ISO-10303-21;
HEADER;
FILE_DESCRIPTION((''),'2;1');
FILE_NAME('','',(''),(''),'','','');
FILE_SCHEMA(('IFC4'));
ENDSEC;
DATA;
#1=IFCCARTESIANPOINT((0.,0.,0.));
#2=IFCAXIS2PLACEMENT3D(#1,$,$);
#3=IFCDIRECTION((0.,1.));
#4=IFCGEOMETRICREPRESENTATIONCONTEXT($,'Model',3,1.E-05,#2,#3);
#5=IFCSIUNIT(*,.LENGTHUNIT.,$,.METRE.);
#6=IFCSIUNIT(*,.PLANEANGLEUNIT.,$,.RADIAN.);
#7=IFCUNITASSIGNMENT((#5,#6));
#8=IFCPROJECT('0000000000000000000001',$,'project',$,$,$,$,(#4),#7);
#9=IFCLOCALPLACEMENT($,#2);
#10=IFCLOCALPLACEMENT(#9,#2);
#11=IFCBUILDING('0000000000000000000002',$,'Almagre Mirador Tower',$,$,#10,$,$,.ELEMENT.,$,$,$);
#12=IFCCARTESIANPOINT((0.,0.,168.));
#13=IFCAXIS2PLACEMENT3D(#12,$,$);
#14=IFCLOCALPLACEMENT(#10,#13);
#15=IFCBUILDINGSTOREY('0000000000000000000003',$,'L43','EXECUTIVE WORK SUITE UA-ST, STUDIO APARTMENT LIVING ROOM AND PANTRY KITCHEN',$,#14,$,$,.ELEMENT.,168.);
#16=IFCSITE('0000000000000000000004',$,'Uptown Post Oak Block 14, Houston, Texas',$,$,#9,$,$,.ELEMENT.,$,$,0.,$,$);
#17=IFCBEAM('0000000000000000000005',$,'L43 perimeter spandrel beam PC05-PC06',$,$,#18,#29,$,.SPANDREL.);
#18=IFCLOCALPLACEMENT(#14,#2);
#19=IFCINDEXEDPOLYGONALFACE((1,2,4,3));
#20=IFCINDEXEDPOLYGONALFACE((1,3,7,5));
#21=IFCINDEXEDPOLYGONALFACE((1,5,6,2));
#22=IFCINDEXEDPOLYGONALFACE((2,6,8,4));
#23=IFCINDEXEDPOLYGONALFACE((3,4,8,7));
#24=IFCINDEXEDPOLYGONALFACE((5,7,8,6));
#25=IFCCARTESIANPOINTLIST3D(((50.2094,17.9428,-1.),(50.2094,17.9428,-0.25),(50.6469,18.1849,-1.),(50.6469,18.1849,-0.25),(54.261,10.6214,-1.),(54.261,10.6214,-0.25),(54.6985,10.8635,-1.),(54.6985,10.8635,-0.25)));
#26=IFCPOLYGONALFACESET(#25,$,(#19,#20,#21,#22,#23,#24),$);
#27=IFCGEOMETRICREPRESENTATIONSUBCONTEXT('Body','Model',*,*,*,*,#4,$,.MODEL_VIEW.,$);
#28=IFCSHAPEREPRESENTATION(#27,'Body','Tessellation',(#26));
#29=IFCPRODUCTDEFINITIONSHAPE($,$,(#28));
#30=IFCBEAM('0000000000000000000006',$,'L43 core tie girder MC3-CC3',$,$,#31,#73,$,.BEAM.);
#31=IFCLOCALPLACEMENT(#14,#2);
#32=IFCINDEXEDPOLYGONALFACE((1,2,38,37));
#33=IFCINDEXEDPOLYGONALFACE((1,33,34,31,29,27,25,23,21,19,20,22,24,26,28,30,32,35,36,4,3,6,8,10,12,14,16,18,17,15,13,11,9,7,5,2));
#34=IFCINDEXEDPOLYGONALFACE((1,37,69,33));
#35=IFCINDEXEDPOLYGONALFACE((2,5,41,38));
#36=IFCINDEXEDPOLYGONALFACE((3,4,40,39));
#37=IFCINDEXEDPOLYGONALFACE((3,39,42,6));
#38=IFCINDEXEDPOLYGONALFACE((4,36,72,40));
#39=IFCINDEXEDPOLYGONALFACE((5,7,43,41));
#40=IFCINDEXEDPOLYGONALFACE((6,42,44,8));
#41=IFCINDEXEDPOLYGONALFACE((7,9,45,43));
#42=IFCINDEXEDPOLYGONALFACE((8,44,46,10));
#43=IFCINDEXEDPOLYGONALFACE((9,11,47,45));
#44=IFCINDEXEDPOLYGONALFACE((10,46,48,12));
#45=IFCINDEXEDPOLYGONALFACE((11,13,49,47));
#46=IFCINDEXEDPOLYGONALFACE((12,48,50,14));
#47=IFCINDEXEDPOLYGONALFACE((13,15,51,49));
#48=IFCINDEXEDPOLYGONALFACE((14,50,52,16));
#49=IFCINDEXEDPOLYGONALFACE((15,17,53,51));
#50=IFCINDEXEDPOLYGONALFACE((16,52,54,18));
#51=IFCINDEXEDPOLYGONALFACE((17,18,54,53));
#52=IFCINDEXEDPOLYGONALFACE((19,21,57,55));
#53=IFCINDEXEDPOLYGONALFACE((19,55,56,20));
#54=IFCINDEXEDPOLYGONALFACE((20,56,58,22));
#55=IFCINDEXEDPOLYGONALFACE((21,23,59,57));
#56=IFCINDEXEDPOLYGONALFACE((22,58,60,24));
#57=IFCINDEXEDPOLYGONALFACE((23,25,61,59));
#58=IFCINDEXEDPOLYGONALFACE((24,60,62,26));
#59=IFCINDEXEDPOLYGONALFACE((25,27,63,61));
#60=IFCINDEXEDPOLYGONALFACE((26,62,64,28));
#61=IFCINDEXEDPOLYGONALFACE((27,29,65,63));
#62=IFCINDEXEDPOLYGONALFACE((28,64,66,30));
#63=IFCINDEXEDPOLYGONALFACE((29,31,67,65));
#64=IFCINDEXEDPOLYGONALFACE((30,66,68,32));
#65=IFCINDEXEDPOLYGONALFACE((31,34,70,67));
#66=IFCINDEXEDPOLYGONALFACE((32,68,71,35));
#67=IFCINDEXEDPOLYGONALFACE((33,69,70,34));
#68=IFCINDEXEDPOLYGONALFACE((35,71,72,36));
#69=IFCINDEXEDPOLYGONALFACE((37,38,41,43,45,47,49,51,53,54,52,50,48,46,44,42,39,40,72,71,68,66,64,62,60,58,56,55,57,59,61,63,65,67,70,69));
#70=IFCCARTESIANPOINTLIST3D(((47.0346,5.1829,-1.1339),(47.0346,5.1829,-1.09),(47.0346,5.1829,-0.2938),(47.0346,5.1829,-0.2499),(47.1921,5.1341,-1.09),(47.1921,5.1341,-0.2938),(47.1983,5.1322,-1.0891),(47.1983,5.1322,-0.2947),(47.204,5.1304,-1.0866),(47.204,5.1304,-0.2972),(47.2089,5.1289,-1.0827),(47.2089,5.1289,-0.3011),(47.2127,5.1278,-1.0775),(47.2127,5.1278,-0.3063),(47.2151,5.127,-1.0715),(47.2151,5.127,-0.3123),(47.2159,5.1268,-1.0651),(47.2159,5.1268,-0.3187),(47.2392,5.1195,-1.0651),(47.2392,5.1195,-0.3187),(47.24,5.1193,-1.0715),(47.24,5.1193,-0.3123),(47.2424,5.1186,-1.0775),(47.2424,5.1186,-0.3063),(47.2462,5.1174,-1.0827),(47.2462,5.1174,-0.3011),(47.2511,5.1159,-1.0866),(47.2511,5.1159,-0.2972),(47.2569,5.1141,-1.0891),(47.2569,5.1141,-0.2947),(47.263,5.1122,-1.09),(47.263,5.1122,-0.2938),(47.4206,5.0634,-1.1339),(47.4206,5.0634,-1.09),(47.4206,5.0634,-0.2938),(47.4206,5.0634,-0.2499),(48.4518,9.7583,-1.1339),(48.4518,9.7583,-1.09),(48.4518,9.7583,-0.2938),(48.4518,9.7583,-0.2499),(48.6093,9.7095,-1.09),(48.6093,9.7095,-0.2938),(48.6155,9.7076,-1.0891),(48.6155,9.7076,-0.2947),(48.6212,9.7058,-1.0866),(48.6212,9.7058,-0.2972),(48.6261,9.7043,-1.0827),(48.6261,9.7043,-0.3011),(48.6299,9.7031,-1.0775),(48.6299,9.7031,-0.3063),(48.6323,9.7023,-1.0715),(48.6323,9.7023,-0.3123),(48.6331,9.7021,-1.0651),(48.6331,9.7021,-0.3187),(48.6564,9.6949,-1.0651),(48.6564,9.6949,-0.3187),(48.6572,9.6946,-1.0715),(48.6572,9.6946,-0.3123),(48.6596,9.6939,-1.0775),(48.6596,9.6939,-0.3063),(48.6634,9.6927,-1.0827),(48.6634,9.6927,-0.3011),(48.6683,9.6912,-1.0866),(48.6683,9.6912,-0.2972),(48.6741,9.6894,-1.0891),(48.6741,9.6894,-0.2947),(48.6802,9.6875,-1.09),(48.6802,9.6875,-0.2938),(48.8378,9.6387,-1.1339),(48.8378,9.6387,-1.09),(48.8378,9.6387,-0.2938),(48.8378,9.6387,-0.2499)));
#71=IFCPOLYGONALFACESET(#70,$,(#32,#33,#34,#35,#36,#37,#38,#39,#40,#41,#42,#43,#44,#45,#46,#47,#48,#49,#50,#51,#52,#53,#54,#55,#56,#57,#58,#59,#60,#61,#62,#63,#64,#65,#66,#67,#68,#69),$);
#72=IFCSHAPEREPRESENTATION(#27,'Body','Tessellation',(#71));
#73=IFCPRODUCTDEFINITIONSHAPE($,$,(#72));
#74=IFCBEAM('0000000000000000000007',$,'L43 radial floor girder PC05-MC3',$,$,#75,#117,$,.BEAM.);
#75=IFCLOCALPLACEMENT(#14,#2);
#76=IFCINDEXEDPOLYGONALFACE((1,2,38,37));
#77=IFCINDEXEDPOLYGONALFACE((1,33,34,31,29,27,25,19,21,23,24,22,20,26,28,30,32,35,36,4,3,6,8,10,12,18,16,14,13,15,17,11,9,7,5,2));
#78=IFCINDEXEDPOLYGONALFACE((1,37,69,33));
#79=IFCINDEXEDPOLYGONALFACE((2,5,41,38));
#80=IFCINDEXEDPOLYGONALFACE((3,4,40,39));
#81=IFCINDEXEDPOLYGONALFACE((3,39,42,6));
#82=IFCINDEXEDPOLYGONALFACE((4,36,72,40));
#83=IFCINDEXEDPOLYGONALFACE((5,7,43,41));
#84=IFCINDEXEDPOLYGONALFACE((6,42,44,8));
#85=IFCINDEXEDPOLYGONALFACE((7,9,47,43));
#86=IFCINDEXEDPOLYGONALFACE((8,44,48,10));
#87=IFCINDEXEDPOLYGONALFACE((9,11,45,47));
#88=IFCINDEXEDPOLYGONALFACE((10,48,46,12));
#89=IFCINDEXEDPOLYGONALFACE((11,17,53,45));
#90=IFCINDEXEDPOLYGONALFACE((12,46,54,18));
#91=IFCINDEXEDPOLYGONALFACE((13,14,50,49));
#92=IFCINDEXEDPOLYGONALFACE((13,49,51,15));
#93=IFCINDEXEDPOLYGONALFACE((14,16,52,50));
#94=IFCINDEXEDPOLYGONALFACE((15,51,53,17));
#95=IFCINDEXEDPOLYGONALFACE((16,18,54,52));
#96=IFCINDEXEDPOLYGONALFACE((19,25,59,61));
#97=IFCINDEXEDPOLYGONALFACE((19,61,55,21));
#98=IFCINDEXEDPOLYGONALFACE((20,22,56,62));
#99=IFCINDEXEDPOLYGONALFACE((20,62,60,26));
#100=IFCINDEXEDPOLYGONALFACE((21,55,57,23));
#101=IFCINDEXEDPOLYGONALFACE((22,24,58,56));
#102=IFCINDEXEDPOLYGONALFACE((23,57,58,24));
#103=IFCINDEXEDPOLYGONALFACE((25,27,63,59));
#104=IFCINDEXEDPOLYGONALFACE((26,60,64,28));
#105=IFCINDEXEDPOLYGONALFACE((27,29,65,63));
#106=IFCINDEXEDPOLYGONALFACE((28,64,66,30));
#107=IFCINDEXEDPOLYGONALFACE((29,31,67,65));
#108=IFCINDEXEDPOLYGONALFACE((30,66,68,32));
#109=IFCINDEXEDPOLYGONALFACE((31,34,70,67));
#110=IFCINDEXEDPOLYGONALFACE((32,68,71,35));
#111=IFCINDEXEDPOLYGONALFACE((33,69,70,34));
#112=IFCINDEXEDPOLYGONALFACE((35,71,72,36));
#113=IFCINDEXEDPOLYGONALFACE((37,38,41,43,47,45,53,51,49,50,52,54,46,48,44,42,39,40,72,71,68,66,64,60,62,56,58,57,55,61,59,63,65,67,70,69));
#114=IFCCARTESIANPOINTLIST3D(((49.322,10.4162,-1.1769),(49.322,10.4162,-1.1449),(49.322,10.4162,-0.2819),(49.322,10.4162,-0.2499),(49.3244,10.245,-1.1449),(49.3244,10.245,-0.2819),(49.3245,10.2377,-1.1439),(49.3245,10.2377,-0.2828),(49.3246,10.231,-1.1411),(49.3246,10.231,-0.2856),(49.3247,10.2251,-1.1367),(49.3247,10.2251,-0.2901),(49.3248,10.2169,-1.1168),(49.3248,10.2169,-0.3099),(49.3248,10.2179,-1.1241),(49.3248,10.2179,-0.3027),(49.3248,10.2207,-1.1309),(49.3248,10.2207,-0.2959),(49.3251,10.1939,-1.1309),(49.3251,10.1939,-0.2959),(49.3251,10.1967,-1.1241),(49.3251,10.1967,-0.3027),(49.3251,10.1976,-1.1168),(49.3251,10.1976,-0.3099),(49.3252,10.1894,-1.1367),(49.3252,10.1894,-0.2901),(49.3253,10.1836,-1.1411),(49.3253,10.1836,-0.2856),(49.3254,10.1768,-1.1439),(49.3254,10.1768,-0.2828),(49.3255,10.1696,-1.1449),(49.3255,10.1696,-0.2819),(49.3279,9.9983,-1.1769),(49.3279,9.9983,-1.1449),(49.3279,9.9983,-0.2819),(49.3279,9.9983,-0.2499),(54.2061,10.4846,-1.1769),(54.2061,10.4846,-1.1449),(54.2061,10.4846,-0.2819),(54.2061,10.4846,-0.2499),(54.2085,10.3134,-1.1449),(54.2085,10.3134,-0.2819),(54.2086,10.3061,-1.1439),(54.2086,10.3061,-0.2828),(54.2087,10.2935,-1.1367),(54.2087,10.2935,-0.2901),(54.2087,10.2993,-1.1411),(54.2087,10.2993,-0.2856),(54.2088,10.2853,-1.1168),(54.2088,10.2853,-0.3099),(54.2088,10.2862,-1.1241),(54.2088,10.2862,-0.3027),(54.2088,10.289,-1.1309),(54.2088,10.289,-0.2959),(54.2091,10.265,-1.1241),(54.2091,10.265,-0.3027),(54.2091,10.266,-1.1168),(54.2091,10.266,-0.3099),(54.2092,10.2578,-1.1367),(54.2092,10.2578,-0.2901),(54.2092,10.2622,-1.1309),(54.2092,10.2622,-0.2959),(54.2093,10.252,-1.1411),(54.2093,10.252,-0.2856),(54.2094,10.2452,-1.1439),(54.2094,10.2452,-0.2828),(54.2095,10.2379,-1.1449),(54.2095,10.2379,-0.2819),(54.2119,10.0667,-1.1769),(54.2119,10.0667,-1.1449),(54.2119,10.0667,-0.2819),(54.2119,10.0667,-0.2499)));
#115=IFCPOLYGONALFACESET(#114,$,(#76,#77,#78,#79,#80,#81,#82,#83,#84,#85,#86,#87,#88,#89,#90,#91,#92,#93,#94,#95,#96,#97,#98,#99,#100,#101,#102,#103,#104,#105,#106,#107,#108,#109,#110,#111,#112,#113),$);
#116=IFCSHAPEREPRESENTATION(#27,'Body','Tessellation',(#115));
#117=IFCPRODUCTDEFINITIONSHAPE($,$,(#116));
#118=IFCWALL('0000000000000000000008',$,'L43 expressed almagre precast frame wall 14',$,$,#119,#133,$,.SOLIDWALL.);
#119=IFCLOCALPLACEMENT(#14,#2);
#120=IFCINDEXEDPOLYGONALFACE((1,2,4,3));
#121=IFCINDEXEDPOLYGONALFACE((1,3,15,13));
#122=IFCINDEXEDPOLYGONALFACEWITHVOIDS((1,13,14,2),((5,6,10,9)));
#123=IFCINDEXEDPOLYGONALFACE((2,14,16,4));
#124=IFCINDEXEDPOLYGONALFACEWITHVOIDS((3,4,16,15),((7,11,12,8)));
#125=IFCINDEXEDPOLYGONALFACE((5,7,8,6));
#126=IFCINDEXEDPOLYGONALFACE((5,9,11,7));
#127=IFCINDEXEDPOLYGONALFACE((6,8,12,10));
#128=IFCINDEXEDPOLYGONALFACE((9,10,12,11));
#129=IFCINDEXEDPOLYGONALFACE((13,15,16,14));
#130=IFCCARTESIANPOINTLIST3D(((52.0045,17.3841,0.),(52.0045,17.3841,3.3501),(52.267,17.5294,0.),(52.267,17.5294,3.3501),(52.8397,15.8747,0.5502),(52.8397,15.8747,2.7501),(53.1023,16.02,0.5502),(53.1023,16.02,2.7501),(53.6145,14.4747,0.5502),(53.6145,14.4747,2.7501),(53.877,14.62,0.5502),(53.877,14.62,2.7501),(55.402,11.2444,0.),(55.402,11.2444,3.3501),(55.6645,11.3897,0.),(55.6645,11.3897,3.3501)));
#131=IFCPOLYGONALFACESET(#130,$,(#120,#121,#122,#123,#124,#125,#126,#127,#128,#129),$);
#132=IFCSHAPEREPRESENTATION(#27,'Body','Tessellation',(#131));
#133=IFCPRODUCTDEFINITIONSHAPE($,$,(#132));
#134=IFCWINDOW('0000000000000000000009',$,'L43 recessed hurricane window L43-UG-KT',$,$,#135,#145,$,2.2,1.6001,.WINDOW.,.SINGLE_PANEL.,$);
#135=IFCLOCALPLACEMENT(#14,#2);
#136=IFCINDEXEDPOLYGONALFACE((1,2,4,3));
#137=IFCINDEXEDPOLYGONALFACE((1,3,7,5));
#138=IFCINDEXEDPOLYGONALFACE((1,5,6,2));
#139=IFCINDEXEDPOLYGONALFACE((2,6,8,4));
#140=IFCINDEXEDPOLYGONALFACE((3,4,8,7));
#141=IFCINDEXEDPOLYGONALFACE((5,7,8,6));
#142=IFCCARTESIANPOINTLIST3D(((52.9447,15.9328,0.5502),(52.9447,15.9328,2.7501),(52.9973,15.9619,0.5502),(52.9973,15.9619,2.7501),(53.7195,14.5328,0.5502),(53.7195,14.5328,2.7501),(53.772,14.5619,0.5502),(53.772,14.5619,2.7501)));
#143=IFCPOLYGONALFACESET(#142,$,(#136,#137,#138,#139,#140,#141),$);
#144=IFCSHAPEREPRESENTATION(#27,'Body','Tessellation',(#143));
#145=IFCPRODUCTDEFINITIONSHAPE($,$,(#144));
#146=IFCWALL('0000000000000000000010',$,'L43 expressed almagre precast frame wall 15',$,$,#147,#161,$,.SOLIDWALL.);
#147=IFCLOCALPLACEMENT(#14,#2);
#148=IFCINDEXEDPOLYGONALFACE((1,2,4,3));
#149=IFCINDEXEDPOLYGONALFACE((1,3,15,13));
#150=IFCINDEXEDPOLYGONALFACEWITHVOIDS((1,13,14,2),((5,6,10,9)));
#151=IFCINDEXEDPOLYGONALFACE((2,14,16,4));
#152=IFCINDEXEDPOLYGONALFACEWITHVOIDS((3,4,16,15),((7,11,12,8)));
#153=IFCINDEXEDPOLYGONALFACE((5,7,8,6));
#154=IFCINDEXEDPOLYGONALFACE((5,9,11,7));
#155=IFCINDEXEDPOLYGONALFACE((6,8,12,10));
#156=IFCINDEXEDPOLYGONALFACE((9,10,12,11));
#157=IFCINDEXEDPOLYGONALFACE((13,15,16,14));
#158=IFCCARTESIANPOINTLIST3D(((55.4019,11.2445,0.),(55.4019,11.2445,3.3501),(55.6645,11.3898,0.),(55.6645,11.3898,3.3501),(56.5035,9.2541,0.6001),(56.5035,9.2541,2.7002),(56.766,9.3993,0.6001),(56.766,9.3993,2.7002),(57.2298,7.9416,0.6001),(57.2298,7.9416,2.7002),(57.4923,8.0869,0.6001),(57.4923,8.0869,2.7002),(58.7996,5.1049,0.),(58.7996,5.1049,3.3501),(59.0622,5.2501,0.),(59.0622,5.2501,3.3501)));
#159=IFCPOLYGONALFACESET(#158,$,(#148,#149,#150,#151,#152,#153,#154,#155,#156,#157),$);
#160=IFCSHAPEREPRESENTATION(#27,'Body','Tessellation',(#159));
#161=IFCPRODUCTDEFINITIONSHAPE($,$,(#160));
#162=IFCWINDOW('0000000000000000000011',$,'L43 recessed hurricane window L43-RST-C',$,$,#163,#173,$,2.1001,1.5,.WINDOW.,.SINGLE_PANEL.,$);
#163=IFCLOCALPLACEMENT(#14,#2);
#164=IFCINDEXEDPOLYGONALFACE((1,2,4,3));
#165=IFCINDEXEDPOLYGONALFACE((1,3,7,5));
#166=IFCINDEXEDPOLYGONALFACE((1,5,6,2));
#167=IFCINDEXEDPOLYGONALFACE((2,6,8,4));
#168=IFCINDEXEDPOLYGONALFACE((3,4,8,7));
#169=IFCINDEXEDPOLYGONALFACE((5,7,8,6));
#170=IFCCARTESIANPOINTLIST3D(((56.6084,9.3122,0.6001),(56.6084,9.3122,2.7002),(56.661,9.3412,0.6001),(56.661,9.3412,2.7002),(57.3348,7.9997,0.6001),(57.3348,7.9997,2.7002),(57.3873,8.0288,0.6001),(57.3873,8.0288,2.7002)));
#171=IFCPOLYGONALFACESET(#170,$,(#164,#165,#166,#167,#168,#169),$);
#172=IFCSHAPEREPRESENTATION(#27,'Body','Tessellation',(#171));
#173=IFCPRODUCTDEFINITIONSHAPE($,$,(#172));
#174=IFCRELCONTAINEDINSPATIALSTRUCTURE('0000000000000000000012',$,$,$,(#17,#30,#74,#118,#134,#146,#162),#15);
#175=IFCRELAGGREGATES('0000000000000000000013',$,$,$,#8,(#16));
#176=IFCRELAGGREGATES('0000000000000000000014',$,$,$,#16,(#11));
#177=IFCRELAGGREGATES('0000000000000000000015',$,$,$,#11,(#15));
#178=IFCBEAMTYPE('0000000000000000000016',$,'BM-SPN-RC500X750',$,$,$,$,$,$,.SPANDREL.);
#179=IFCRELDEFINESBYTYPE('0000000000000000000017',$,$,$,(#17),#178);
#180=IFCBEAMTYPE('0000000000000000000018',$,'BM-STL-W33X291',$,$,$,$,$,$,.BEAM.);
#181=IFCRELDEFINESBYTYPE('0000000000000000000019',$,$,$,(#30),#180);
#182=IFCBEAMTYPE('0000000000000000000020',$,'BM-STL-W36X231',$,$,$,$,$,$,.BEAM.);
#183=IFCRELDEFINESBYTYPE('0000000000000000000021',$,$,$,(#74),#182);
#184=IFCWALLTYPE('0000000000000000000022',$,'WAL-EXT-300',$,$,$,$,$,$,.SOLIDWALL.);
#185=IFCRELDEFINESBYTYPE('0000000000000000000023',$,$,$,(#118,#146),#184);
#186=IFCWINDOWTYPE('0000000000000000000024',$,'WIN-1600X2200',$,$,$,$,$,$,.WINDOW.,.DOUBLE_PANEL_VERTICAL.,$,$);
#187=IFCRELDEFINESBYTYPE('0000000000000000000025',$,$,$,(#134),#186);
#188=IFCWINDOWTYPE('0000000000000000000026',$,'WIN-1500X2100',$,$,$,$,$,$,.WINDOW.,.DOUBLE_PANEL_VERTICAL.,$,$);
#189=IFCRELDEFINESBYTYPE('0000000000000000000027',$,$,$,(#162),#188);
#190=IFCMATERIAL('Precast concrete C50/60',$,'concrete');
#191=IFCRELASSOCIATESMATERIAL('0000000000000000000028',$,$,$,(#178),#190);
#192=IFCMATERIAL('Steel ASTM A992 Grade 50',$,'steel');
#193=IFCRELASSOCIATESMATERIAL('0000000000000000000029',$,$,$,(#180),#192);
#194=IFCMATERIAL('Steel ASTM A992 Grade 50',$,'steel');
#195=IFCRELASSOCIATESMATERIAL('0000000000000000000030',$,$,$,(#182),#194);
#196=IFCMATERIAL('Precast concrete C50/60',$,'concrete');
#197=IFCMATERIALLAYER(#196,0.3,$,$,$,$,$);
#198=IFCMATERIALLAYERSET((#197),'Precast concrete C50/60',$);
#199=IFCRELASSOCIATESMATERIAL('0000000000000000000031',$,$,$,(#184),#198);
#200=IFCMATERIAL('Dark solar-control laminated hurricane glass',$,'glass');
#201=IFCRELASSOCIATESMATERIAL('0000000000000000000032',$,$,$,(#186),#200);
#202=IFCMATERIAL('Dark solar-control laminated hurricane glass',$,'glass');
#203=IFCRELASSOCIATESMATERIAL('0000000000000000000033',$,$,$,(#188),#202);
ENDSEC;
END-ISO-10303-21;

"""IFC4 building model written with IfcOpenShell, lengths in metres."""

from ifc_helpers import new_model, si_unit, direction, frame, frame_2d, origin, origin_2d, place, context, subcontext, project, spatial, rectangle, i_section, extrude, material, layer, layer_set, material_profile, profile_set, type_object, element, fill, save


model = new_model("IFC4")

# Units and contexts
model_context = context("Model", 3, precision=1e-05, world=origin(), true_north=direction((0.0, 1.0)))
body_context = subcontext(model_context, "Body", "Model", "MODEL_VIEW")
ifc_project = project(units=[si_unit("LENGTHUNIT", "METRE"), si_unit("PLANEANGLEUNIT", "RADIAN")], contexts=[model_context])

# Site, building, storey
site_placement = place(None, origin())
site = spatial("IfcSite", under=ifc_project, at=site_placement, Name="Uptown Post Oak Block 14, Houston, Texas", CompositionType="ELEMENT", RefElevation=0.0)
building_placement = place(site_placement, origin())
building = spatial("IfcBuilding", under=site, at=building_placement, Name="Almagre Mirador Tower", CompositionType="ELEMENT")
storey_placement = place(building_placement, frame((0.0, 0.0, 168.0)))
storey = spatial("IfcBuildingStorey", under=building, at=storey_placement, Name="L43", Description="EXECUTIVE WORK SUITE UA-ST, STUDIO APARTMENT LIVING ROOM AND PANTRY KITCHEN", CompositionType="ELEMENT", Elevation=168.0)

# Beams
ifc_material_1 = material(Name="Precast concrete C50/60", Category="concrete")
ifc_material_profile_1 = material_profile(ifc_material_1, rectangle(XDim=0.5, YDim=0.75, at=origin_2d()), Name="RC500X750")
ifc_profile_set_1 = profile_set([ifc_material_profile_1], Name="Precast concrete C50/60")
beam_type_1 = type_object("IfcBeamType", Name="BM-SPN-RC500X750", PredefinedType="SPANDREL", material=ifc_profile_set_1)
beam_1_placement = place(storey_placement, frame((54.4797, 10.7424, -0.625), z_axis=(-0.484193, 0.874961, 0.0), x_axis=(-0.874961, -0.484193, 0.0)))
element("IfcBeam", 1, at=beam_1_placement, inside=storey, type_object=beam_type_1, Name="L43 perimeter spandrel beam PC05-PC06", PredefinedType="SPANDREL", context=body_context, shape_type="SweptSolid", body=[
    extrude(rectangle(XDim=0.5, YDim=0.75, at=origin_2d()), origin(), (0.0, 0.0, 1.0), 8.3677),
])
ifc_material_2 = material(Name="Steel ASTM A992 Grade 50", Category="steel")
ifc_material_profile_2 = material_profile(ifc_material_2, i_section(OverallWidth=0.4041, OverallDepth=0.884, WebThickness=0.0244, FlangeThickness=0.0439, FilletRadius=0.0249, at=origin_2d()), Name="W33X291")
ifc_profile_set_2 = profile_set([ifc_material_profile_2], Name="Steel ASTM A992 Grade 50")
beam_type_2 = type_object("IfcBeamType", Name="BM-STL-W33X291", PredefinedType="BEAM", material=ifc_profile_set_2)
beam_2_placement = place(storey_placement, frame((48.6448, 9.6985, -0.6919), z_axis=(-0.29588, -0.955225, 0.0), x_axis=(0.955225, -0.29588, 0.0)))
element("IfcBeam", 2, at=beam_2_placement, inside=storey, type_object=beam_type_2, Name="L43 core tie girder MC3-CC3", PredefinedType="BEAM", context=body_context, shape_type="SweptSolid", body=[
    extrude(i_section(OverallWidth=0.4041, OverallDepth=0.884, WebThickness=0.0244, FlangeThickness=0.0439, FilletRadius=0.0249, at=origin_2d()), origin(), (0.0, 0.0, 1.0), 4.7898),
])
ifc_material_3 = material(Name="Steel ASTM A992 Grade 50", Category="steel")
ifc_material_profile_3 = material_profile(ifc_material_3, i_section(OverallWidth=0.418, OverallDepth=0.927, WebThickness=0.0193, FlangeThickness=0.032, FilletRadius=0.0281, at=origin_2d()), Name="W36X231")
ifc_profile_set_3 = profile_set([ifc_material_profile_3], Name="Steel ASTM A992 Grade 50")
beam_type_3 = type_object("IfcBeamType", Name="BM-STL-W36X231", PredefinedType="BEAM", material=ifc_profile_set_3)
beam_3_placement = place(storey_placement, frame((54.209, 10.2756, -0.7134), z_axis=(-0.999902, -0.013995, 0.0), x_axis=(0.013995, -0.999902, 0.0)))
element("IfcBeam", 3, at=beam_3_placement, inside=storey, type_object=beam_type_3, Name="L43 radial floor girder PC05-MC3", PredefinedType="BEAM", context=body_context, shape_type="SweptSolid", body=[
    extrude(i_section(OverallWidth=0.418, OverallDepth=0.927, WebThickness=0.0193, FlangeThickness=0.032, FilletRadius=0.0281, at=origin_2d()), origin(), (0.0, 0.0, 1.0), 4.8845),
])

# Walls, openings, windows
ifc_material_4 = material(Name="Precast concrete C50/60", Category="concrete")
ifc_layer_1 = layer(ifc_material_4, 0.3)
ifc_layer_set_1 = layer_set([ifc_layer_1], Name="Precast concrete C50/60")
wall_type_1 = type_object("IfcWallType", Name="WAL-EXT-300", PredefinedType="SOLIDWALL", material=ifc_layer_set_1)
wall_1_placement = place(storey_placement, frame((52.1357, 17.4568, 0.0), z_axis=(0.0, 0.0, 1.0), x_axis=(0.484177, -0.87497, 0.0)))
wall_1 = element("IfcWall", 4, at=wall_1_placement, inside=storey, type_object=wall_type_1, Name="L43 expressed almagre precast frame wall 14", PredefinedType="SOLIDWALL", context=body_context, shape_type="SweptSolid", body=[
    extrude(rectangle(XDim=7.0171, YDim=0.3, at=frame_2d((3.5085, 0.0))), origin(), (0.0, 0.0, 1.0), 3.3501),
])
opening_1_placement = place(wall_1_placement, frame((1.7251, 0.0, 0.55)))
opening_1 = element("IfcOpeningElement", 5, at=opening_1_placement, cuts=wall_1, PredefinedType="OPENING", context=body_context, shape_type="SweptSolid", body=[
    extrude(rectangle(XDim=1.6001, YDim=2.2, at=frame_2d((0.8, 1.1001))), frame((0.0, 0.1599, 0.0), z_axis=(0.0, -1.0, 0.0), x_axis=(1.0, 0.0, 0.0)), (0.0, 0.0, 1.0), 0.32),
])
ifc_material_5 = material(Name="Dark solar-control laminated hurricane glass", Category="glass")
window_type_1 = type_object("IfcWindowType", Name="WIN-1600X2200", PartitioningType="DOUBLE_PANEL_VERTICAL", PredefinedType="WINDOW", material=ifc_material_5)
window_1_placement = place(opening_1_placement, origin())
window_1 = element("IfcWindow", 6, at=window_1_placement, inside=storey, type_object=window_type_1, Name="L43 recessed hurricane window L43-UG-KT", OverallHeight=2.2, OverallWidth=1.6001, PartitioningType="SINGLE_PANEL", PredefinedType="WINDOW", context=body_context, shape_type="SweptSolid", body=[
    extrude(rectangle(XDim=1.6001, YDim=2.2, at=frame_2d((0.8, 1.1001))), frame((0.0, 0.03, 0.0), z_axis=(0.0, -1.0, 0.0), x_axis=(1.0, 0.0, 0.0)), (0.0, 0.0, 1.0), 0.0601),
])
fill(opening_1, window_1)
wall_2_placement = place(storey_placement, frame((55.5332, 11.3171, 0.0), z_axis=(0.0, 0.0, 1.0), x_axis=(0.484204, -0.874955, 0.0)))
wall_2 = element("IfcWall", 7, at=wall_2_placement, inside=storey, type_object=wall_type_1, Name="L43 expressed almagre precast frame wall 15", PredefinedType="SOLIDWALL", context=body_context, shape_type="SweptSolid", body=[
    extrude(rectangle(XDim=7.0171, YDim=0.3, at=frame_2d((3.5085, 0.0))), origin(), (0.0, 0.0, 1.0), 3.3501),
])
opening_2_placement = place(wall_2_placement, frame((2.2749, 0.0, 0.6001)))
opening_2 = element("IfcOpeningElement", 8, at=opening_2_placement, cuts=wall_2, PredefinedType="OPENING", context=body_context, shape_type="SweptSolid", body=[
    extrude(rectangle(XDim=1.5, YDim=2.1001, at=frame_2d((0.75, 1.05))), frame((0.0, 0.1599, 0.0), z_axis=(0.0, -1.0, 0.0), x_axis=(1.0, 0.0, 0.0)), (0.0, 0.0, 1.0), 0.32),
])
ifc_material_6 = material(Name="Dark solar-control laminated hurricane glass", Category="glass")
window_type_2 = type_object("IfcWindowType", Name="WIN-1500X2100", PartitioningType="DOUBLE_PANEL_VERTICAL", PredefinedType="WINDOW", material=ifc_material_6)
window_2_placement = place(opening_2_placement, origin())
window_2 = element("IfcWindow", 9, at=window_2_placement, inside=storey, type_object=window_type_2, Name="L43 recessed hurricane window L43-RST-C", OverallHeight=2.1001, OverallWidth=1.5, PartitioningType="SINGLE_PANEL", PredefinedType="WINDOW", context=body_context, shape_type="SweptSolid", body=[
    extrude(rectangle(XDim=1.5, YDim=2.1001, at=frame_2d((0.75, 1.05))), frame((0.0, 0.03, 0.0), z_axis=(0.0, -1.0, 0.0), x_axis=(1.0, 0.0, 0.0)), (0.0, 0.0, 1.0), 0.0601),
])
fill(opening_2, window_2)

save(model, "model.ifc")
